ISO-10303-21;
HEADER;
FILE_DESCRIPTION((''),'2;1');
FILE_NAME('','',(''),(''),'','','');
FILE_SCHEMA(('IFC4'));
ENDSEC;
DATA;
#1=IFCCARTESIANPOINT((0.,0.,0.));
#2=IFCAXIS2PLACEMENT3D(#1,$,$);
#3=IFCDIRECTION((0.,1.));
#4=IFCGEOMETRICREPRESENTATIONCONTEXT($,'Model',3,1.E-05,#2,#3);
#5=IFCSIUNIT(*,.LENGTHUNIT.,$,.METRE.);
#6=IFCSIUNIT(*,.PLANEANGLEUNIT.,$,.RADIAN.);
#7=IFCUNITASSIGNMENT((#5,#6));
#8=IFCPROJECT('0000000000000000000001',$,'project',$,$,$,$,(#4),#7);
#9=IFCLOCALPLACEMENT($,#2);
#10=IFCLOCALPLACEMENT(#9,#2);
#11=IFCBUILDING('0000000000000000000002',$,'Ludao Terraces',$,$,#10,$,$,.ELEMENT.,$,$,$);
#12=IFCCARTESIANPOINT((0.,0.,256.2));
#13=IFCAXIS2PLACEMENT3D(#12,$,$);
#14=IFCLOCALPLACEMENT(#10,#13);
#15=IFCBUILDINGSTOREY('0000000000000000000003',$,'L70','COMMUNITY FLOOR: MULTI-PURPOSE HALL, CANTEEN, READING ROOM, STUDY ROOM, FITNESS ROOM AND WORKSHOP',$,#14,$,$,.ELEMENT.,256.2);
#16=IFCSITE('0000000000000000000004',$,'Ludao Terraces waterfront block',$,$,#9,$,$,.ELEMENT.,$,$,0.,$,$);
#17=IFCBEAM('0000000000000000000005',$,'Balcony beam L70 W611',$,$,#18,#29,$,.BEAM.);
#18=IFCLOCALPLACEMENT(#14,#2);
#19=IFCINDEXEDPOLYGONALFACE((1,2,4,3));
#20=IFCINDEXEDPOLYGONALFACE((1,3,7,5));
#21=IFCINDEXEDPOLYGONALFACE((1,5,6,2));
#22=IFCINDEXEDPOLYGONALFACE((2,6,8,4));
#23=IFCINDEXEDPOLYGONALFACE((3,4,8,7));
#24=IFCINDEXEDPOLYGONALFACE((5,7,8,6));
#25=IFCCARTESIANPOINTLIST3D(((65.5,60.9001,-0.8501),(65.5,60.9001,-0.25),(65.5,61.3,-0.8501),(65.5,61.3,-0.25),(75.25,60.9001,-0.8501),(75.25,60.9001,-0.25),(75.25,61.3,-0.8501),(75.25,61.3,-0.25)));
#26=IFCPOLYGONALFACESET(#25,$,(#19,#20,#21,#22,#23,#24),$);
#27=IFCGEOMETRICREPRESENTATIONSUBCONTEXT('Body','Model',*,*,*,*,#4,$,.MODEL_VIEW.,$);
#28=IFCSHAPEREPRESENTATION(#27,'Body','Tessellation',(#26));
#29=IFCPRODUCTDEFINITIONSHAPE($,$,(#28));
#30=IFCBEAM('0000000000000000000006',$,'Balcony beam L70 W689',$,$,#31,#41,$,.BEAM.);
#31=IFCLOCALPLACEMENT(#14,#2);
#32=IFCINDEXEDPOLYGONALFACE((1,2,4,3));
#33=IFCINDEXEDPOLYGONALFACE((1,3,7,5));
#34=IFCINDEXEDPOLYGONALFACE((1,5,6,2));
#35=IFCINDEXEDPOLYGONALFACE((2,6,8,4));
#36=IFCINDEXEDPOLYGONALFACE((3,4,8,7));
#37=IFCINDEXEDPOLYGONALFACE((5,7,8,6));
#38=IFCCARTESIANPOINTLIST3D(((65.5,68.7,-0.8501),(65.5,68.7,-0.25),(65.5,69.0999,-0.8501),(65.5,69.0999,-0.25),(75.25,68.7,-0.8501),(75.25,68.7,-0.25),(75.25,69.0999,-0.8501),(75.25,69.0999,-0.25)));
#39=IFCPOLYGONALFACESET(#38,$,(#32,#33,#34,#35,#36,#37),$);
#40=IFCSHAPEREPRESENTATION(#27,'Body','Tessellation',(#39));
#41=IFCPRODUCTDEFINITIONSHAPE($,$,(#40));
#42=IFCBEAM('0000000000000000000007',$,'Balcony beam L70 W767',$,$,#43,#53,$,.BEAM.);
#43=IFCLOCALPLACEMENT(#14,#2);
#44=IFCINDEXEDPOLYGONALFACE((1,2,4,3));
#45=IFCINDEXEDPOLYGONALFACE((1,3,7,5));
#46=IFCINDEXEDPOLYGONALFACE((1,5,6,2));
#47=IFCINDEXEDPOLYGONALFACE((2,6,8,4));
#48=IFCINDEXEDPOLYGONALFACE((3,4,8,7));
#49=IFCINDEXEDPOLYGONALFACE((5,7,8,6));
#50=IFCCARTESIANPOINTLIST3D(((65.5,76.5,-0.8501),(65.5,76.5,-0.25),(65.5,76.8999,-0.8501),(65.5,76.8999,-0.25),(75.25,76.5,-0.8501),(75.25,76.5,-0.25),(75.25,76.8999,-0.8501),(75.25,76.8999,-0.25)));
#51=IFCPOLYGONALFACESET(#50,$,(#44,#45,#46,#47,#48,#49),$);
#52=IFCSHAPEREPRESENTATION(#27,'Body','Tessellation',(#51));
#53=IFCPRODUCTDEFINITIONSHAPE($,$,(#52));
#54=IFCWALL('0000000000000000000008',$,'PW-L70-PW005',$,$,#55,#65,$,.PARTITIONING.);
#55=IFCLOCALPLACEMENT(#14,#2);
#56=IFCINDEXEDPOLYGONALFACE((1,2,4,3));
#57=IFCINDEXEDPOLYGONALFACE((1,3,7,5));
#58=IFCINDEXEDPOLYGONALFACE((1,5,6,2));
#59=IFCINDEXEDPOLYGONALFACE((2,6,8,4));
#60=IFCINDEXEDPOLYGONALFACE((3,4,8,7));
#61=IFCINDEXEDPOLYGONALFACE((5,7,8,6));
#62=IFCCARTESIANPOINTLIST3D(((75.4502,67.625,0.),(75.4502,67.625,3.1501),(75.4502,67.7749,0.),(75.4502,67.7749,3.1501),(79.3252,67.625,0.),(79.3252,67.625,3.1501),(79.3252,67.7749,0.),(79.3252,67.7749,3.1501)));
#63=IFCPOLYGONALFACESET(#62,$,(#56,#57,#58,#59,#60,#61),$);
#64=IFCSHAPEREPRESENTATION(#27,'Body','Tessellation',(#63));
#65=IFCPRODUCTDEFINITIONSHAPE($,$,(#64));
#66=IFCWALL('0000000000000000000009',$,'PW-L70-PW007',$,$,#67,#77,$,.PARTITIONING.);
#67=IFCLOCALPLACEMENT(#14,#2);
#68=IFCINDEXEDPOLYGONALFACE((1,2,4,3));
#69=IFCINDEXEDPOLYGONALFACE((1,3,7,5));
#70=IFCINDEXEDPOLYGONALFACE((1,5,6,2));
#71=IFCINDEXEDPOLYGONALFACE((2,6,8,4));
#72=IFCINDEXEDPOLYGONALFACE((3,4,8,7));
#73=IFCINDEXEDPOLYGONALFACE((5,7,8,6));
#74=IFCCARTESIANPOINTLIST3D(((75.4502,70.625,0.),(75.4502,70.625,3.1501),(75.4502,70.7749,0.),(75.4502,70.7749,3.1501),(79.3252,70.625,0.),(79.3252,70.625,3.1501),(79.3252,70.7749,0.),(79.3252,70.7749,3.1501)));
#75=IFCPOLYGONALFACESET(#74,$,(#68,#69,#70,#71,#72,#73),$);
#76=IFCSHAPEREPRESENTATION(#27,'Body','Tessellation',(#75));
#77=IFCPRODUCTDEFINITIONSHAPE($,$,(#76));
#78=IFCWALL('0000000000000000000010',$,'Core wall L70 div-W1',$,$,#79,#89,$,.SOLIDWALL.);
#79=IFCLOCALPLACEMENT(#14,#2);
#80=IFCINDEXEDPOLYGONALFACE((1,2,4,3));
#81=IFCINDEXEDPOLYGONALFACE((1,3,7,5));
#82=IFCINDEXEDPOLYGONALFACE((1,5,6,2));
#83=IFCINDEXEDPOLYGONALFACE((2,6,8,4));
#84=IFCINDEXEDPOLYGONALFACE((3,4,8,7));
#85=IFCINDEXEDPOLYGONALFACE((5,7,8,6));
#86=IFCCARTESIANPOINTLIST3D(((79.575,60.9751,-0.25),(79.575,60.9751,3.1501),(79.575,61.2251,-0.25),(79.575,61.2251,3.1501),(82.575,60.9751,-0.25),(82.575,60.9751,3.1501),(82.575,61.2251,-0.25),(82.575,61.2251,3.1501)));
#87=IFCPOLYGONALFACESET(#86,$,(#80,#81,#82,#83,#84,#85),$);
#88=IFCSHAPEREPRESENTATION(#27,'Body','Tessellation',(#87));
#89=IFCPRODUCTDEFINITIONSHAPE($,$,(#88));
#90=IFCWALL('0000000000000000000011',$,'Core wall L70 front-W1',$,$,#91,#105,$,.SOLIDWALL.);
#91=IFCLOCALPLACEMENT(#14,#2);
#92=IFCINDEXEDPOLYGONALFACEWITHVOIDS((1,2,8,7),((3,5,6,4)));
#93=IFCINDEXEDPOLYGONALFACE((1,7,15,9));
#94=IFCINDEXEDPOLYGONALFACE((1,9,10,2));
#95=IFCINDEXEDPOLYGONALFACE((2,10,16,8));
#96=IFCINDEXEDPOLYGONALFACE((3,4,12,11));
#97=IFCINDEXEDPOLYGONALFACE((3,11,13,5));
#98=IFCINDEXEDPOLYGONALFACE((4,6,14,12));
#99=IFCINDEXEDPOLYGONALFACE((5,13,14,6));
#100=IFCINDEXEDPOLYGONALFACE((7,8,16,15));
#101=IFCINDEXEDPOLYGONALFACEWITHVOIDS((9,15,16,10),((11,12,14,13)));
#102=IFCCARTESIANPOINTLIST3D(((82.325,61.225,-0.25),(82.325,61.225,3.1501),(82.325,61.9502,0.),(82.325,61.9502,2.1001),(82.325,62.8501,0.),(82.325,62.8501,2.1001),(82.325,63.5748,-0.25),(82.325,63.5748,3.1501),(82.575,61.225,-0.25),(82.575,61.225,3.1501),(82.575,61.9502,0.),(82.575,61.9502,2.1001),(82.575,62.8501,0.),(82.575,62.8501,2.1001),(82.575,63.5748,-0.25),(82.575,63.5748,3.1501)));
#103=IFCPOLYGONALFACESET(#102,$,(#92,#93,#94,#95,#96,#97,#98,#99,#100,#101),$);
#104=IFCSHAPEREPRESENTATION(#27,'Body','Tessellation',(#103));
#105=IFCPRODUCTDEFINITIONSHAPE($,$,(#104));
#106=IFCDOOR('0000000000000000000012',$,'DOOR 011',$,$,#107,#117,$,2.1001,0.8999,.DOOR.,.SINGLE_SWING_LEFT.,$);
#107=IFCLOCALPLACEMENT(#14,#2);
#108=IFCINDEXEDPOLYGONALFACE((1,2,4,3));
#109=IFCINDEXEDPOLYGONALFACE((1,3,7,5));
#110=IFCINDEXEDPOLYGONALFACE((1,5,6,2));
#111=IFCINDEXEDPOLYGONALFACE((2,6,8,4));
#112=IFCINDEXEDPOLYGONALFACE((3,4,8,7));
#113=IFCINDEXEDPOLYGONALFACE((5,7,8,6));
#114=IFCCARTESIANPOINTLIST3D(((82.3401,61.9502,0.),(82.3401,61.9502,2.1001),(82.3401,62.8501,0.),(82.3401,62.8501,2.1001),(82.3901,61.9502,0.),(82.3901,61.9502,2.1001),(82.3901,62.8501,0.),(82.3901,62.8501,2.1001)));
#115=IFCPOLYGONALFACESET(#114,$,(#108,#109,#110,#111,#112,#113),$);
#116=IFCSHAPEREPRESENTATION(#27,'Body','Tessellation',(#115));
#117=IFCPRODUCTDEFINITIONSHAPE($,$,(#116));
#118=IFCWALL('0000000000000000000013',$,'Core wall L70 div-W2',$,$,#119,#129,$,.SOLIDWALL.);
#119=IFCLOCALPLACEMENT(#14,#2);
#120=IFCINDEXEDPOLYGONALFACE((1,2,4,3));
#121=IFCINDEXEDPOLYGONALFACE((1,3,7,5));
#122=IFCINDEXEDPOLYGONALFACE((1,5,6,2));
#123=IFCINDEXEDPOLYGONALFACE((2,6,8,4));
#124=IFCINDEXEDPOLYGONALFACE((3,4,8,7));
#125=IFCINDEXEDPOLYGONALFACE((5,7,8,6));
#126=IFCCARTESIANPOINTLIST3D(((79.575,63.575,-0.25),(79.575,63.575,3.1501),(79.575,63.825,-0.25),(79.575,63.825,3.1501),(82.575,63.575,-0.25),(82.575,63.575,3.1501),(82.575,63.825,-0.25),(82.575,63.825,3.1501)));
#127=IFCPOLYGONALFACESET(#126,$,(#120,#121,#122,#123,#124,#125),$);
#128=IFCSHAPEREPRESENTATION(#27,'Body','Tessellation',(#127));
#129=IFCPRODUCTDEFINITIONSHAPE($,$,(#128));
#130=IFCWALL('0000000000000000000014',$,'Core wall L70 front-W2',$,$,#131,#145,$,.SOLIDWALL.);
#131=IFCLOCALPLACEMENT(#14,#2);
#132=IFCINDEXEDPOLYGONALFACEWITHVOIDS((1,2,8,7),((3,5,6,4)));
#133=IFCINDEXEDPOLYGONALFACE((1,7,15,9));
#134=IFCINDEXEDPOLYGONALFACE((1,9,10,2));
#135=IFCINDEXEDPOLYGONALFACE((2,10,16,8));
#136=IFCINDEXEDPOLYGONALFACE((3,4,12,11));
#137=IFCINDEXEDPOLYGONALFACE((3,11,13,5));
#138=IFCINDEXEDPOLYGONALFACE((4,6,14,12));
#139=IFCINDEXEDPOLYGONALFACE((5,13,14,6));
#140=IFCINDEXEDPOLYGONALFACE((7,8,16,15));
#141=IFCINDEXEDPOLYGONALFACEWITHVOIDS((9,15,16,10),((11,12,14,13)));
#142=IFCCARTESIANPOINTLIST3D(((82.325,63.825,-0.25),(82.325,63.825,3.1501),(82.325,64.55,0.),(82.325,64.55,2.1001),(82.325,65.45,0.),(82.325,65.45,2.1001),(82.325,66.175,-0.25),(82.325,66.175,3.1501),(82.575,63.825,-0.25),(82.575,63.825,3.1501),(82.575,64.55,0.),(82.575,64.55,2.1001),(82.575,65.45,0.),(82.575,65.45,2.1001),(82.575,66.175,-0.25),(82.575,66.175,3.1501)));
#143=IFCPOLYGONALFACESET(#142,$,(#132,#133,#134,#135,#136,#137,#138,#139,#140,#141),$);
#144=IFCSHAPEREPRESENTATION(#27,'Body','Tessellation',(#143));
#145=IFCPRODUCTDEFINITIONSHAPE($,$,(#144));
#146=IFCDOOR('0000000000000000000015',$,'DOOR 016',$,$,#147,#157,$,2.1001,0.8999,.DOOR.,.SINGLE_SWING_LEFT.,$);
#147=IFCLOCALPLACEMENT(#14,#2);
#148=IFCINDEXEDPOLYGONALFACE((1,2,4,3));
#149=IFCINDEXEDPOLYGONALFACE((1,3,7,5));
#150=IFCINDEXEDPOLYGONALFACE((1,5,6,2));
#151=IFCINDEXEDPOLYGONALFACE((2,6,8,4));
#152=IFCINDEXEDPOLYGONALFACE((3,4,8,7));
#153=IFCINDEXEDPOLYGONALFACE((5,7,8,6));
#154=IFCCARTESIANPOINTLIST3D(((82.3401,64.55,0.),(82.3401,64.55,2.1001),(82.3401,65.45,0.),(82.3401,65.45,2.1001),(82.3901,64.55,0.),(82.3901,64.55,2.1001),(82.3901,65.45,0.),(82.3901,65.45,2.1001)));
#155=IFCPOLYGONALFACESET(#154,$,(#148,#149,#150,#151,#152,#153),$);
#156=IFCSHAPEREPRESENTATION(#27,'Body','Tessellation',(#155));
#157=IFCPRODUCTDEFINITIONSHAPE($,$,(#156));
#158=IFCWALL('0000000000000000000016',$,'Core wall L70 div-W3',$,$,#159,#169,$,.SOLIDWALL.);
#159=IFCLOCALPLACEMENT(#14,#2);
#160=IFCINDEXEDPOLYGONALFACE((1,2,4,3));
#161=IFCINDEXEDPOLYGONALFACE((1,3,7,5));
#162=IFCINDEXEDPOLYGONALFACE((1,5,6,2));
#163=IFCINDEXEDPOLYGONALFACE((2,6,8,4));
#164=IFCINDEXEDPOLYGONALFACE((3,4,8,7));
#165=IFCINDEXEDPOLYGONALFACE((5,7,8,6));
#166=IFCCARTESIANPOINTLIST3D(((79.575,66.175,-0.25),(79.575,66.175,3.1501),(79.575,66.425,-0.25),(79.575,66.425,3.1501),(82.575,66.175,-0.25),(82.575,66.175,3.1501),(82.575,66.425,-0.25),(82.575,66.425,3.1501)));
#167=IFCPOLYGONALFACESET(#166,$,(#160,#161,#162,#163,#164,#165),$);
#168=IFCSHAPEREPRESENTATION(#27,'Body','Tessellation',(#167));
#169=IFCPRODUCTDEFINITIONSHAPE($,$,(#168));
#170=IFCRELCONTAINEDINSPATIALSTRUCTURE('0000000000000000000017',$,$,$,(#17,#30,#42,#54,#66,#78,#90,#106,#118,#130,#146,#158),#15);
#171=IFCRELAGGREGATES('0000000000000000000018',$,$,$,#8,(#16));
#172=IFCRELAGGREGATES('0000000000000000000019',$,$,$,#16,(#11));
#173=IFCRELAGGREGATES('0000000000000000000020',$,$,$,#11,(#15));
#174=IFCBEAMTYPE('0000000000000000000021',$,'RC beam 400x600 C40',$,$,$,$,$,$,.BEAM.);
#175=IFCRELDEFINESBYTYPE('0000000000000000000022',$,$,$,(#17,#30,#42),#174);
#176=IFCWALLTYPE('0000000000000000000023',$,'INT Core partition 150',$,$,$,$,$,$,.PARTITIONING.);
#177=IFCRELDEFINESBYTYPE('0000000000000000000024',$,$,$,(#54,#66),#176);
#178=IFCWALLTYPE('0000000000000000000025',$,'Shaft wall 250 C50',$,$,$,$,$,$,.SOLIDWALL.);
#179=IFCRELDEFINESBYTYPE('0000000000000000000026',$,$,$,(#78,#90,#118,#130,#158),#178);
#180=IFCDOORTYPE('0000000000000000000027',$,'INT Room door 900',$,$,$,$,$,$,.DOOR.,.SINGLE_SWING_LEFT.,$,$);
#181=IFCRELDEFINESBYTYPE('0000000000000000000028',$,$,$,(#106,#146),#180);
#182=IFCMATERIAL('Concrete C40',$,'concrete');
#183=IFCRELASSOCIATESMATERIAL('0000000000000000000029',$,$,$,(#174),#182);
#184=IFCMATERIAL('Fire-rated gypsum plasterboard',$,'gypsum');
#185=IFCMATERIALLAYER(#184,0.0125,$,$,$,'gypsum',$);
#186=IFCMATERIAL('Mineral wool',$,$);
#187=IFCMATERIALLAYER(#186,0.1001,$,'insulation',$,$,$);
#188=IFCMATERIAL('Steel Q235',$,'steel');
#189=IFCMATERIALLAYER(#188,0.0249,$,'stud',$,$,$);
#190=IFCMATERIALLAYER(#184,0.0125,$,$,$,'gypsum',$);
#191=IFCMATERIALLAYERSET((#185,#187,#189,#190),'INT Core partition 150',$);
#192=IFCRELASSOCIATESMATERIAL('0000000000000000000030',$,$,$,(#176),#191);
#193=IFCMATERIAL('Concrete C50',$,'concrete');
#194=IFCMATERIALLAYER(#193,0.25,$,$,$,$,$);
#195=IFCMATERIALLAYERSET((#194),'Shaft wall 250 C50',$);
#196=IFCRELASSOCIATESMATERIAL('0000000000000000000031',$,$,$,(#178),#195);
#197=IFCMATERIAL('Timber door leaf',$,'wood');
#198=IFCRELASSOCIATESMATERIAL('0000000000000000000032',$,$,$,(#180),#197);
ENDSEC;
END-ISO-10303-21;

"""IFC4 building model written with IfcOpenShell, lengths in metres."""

from ifc_helpers import new_model, si_unit, direction, frame, frame_2d, origin, origin_2d, place, context, subcontext, project, spatial, rectangle, extrude, material, layer, layer_set, material_profile, profile_set, type_object, element, fill, save


model = new_model("IFC4")

# Units and contexts
model_context = context("Model", 3, precision=1e-05, world=origin(), true_north=direction((0.0, 1.0)))
body_context = subcontext(model_context, "Body", "Model", "MODEL_VIEW")
ifc_project = project(units=[si_unit("LENGTHUNIT", "METRE"), si_unit("PLANEANGLEUNIT", "RADIAN")], contexts=[model_context])

# Site, building, storey
site_placement = place(None, origin())
site = spatial("IfcSite", under=ifc_project, at=site_placement, Name="Ludao Terraces waterfront block", CompositionType="ELEMENT", RefElevation=0.0)
building_placement = place(site_placement, origin())
building = spatial("IfcBuilding", under=site, at=building_placement, Name="Ludao Terraces", CompositionType="ELEMENT")
storey_placement = place(building_placement, frame((0.0, 0.0, 256.2)))
storey = spatial("IfcBuildingStorey", under=building, at=storey_placement, Name="L70", Description="COMMUNITY FLOOR: MULTI-PURPOSE HALL, CANTEEN, READING ROOM, STUDY ROOM, FITNESS ROOM AND WORKSHOP", CompositionType="ELEMENT", Elevation=256.2)

# Beams
ifc_material_1 = material(Name="Concrete C40", Category="concrete")
ifc_material_profile = material_profile(ifc_material_1, rectangle(XDim=0.3999, YDim=0.6001, at=origin_2d()), Name="400 X 600")
ifc_profile_set = profile_set([ifc_material_profile], Name="Concrete C40")
beam_type = type_object("IfcBeamType", Name="RC beam 400x600 C40", PredefinedType="BEAM", material=ifc_profile_set)
for number, where, z_axis, x_axis, name in (
    (1, (75.25, 61.1001, -0.55), (-1.0, 0.0, 0.0), (0.0, -1.0, 0.0), "Balcony beam L70 W611"),
    (2, (75.25, 68.8999, -0.55), (-1.0, 0.0, 0.0), (0.0, -1.0, 0.0), "Balcony beam L70 W689"),
    (3, (75.25, 76.7, -0.55), (-1.0, 0.0, 0.0), (0.0, -1.0, 0.0), "Balcony beam L70 W767"),
):
    element("IfcBeam", number, at=place(storey_placement, frame(where, z_axis=z_axis, x_axis=x_axis)), inside=storey, type_object=beam_type, Name=name, PredefinedType="BEAM", context=body_context, shape_type="SweptSolid", body=[
        extrude(rectangle(XDim=0.3999, YDim=0.6001, at=origin_2d()), origin(), (0.0, 0.0, 1.0), 9.75),
    ])

# Walls
ifc_material_2 = material(Name="Fire-rated gypsum plasterboard", Category="gypsum")
ifc_layer_1 = layer(ifc_material_2, 0.0125, Category="gypsum")
ifc_material_3 = material(Name="Mineral wool")
ifc_layer_2 = layer(ifc_material_3, 0.1001, Name="insulation")
ifc_material_4 = material(Name="Steel Q235", Category="steel")
ifc_layer_3 = layer(ifc_material_4, 0.0249, Name="stud")
ifc_layer_4 = layer(ifc_material_2, 0.0125, Category="gypsum")
ifc_layer_set_1 = layer_set([ifc_layer_1, ifc_layer_2, ifc_layer_3, ifc_layer_4], Name="INT Core partition 150")
wall_type_1 = type_object("IfcWallType", Name="INT Core partition 150", PredefinedType="PARTITIONING", material=ifc_layer_set_1)
for number, where, z_axis, x_axis, name in (
    (4, (75.4502, 67.7, 0.0), (0.0, 0.0, 1.0), (1.0, 0.0, 0.0), "PW-L70-PW005"),
    (5, (75.4502, 70.7, 0.0), (0.0, 0.0, 1.0), (1.0, 0.0, 0.0), "PW-L70-PW007"),
):
    element("IfcWall", number, at=place(storey_placement, frame(where, z_axis=z_axis, x_axis=x_axis)), inside=storey, type_object=wall_type_1, Name=name, PredefinedType="PARTITIONING", context=body_context, shape_type="SweptSolid", body=[
        extrude(rectangle(XDim=3.875, YDim=0.1499, at=frame_2d((1.9375, 0.0))), origin(), (0.0, 0.0, 1.0), 3.1501),
    ])
ifc_material_5 = material(Name="Concrete C50", Category="concrete")
ifc_layer_5 = layer(ifc_material_5, 0.25)
ifc_layer_set_2 = layer_set([ifc_layer_5], Name="Shaft wall 250 C50")
wall_type_2 = type_object("IfcWallType", Name="Shaft wall 250 C50", PredefinedType="SOLIDWALL", material=ifc_layer_set_2)
wall_1_placement = place(storey_placement, frame((79.575, 61.1001, -0.25), z_axis=(0.0, 0.0, 1.0), x_axis=(1.0, 0.0, 0.0)))
element("IfcWall", 6, at=wall_1_placement, inside=storey, type_object=wall_type_2, Name="Core wall L70 div-W1", PredefinedType="SOLIDWALL", context=body_context, shape_type="SweptSolid", body=[
    extrude(rectangle(XDim=3.0, YDim=0.25, at=frame_2d((1.5, 0.0))), origin(), (0.0, 0.0, 1.0), 3.4001),
])

# Wall, opening, door
wall_2_placement = place(storey_placement, frame((82.45, 61.2251, -0.25), z_axis=(0.0, 0.0, 1.0), x_axis=(0.0, 1.0, 0.0)))
wall_2 = element("IfcWall", 7, at=wall_2_placement, inside=storey, type_object=wall_type_2, Name="Core wall L70 front-W1", PredefinedType="SOLIDWALL", context=body_context, shape_type="SweptSolid", body=[
    extrude(rectangle(XDim=2.3499, YDim=0.25, at=frame_2d((1.1748, 0.0))), origin(), (0.0, 0.0, 1.0), 3.4001),
])
opening_1_placement = place(wall_2_placement, frame((0.7251, 0.0, 0.25)))
opening_1 = element("IfcOpeningElement", 8, at=opening_1_placement, cuts=wall_2, PredefinedType="OPENING", context=body_context, shape_type="SweptSolid", body=[
    extrude(rectangle(XDim=0.8999, YDim=2.1001, at=frame_2d((0.45, 1.05))), frame((0.0, 0.135, 0.0), z_axis=(0.0, -1.0, 0.0), x_axis=(1.0, 0.0, 0.0)), (0.0, 0.0, 1.0), 0.27),
])
ifc_material_6 = material(Name="Timber door leaf", Category="wood")
door_type_1 = type_object("IfcDoorType", Name="INT Room door 900", OperationType="SINGLE_SWING_LEFT", PredefinedType="DOOR", material=ifc_material_6)
door_1_placement = place(opening_1_placement, origin())
door_1 = element("IfcDoor", 9, at=door_1_placement, inside=storey, type_object=door_type_1, Name="DOOR 011", OperationType="SINGLE_SWING_LEFT", OverallHeight=2.1001, OverallWidth=0.8999, PredefinedType="DOOR", context=body_context, shape_type="SweptSolid", body=[
    extrude(rectangle(XDim=0.8999, YDim=2.1001, at=frame_2d((0.45, 1.05))), frame((0.0, 0.1099, 0.0), z_axis=(0.0, -1.0, 0.0), x_axis=(1.0, 0.0, 0.0)), (0.0, 0.0, 1.0), 0.05),
])
fill(opening_1, door_1)

# Wall
wall_3_placement = place(storey_placement, frame((79.575, 63.7, -0.25), z_axis=(0.0, 0.0, 1.0), x_axis=(1.0, 0.0, 0.0)))
element("IfcWall", 10, at=wall_3_placement, inside=storey, type_object=wall_type_2, Name="Core wall L70 div-W2", PredefinedType="SOLIDWALL", context=body_context, shape_type="SweptSolid", body=[
    extrude(rectangle(XDim=3.0, YDim=0.25, at=frame_2d((1.5, 0.0))), origin(), (0.0, 0.0, 1.0), 3.4001),
])

# Wall, opening, door
wall_4_placement = place(storey_placement, frame((82.45, 63.825, -0.25), z_axis=(0.0, 0.0, 1.0), x_axis=(0.0, 1.0, 0.0)))
wall_4 = element("IfcWall", 11, at=wall_4_placement, inside=storey, type_object=wall_type_2, Name="Core wall L70 front-W2", PredefinedType="SOLIDWALL", context=body_context, shape_type="SweptSolid", body=[
    extrude(rectangle(XDim=2.3501, YDim=0.25, at=frame_2d((1.175, 0.0))), origin(), (0.0, 0.0, 1.0), 3.4001),
])
opening_2_placement = place(wall_4_placement, frame((0.7251, 0.0, 0.25)))
opening_2 = element("IfcOpeningElement", 12, at=opening_2_placement, cuts=wall_4, PredefinedType="OPENING", context=body_context, shape_type="SweptSolid", body=[
    extrude(rectangle(XDim=0.8999, YDim=2.1001, at=frame_2d((0.45, 1.05))), frame((0.0, 0.135, 0.0), z_axis=(0.0, -1.0, 0.0), x_axis=(1.0, 0.0, 0.0)), (0.0, 0.0, 1.0), 0.27),
])
door_2_placement = place(opening_2_placement, origin())
door_2 = element("IfcDoor", 13, at=door_2_placement, inside=storey, type_object=door_type_1, Name="DOOR 016", OperationType="SINGLE_SWING_LEFT", OverallHeight=2.1001, OverallWidth=0.8999, PredefinedType="DOOR", context=body_context, shape_type="SweptSolid", body=[
    extrude(rectangle(XDim=0.8999, YDim=2.1001, at=frame_2d((0.45, 1.05))), frame((0.0, 0.1099, 0.0), z_axis=(0.0, -1.0, 0.0), x_axis=(1.0, 0.0, 0.0)), (0.0, 0.0, 1.0), 0.05),
])
fill(opening_2, door_2)

# Wall
wall_5_placement = place(storey_placement, frame((79.575, 66.3, -0.25), z_axis=(0.0, 0.0, 1.0), x_axis=(1.0, 0.0, 0.0)))
element("IfcWall", 14, at=wall_5_placement, inside=storey, type_object=wall_type_2, Name="Core wall L70 div-W3", PredefinedType="SOLIDWALL", context=body_context, shape_type="SweptSolid", body=[
    extrude(rectangle(XDim=3.0, YDim=0.25, at=frame_2d((1.5, 0.0))), origin(), (0.0, 0.0, 1.0), 3.4001),
])

save(model, "model.ifc")
